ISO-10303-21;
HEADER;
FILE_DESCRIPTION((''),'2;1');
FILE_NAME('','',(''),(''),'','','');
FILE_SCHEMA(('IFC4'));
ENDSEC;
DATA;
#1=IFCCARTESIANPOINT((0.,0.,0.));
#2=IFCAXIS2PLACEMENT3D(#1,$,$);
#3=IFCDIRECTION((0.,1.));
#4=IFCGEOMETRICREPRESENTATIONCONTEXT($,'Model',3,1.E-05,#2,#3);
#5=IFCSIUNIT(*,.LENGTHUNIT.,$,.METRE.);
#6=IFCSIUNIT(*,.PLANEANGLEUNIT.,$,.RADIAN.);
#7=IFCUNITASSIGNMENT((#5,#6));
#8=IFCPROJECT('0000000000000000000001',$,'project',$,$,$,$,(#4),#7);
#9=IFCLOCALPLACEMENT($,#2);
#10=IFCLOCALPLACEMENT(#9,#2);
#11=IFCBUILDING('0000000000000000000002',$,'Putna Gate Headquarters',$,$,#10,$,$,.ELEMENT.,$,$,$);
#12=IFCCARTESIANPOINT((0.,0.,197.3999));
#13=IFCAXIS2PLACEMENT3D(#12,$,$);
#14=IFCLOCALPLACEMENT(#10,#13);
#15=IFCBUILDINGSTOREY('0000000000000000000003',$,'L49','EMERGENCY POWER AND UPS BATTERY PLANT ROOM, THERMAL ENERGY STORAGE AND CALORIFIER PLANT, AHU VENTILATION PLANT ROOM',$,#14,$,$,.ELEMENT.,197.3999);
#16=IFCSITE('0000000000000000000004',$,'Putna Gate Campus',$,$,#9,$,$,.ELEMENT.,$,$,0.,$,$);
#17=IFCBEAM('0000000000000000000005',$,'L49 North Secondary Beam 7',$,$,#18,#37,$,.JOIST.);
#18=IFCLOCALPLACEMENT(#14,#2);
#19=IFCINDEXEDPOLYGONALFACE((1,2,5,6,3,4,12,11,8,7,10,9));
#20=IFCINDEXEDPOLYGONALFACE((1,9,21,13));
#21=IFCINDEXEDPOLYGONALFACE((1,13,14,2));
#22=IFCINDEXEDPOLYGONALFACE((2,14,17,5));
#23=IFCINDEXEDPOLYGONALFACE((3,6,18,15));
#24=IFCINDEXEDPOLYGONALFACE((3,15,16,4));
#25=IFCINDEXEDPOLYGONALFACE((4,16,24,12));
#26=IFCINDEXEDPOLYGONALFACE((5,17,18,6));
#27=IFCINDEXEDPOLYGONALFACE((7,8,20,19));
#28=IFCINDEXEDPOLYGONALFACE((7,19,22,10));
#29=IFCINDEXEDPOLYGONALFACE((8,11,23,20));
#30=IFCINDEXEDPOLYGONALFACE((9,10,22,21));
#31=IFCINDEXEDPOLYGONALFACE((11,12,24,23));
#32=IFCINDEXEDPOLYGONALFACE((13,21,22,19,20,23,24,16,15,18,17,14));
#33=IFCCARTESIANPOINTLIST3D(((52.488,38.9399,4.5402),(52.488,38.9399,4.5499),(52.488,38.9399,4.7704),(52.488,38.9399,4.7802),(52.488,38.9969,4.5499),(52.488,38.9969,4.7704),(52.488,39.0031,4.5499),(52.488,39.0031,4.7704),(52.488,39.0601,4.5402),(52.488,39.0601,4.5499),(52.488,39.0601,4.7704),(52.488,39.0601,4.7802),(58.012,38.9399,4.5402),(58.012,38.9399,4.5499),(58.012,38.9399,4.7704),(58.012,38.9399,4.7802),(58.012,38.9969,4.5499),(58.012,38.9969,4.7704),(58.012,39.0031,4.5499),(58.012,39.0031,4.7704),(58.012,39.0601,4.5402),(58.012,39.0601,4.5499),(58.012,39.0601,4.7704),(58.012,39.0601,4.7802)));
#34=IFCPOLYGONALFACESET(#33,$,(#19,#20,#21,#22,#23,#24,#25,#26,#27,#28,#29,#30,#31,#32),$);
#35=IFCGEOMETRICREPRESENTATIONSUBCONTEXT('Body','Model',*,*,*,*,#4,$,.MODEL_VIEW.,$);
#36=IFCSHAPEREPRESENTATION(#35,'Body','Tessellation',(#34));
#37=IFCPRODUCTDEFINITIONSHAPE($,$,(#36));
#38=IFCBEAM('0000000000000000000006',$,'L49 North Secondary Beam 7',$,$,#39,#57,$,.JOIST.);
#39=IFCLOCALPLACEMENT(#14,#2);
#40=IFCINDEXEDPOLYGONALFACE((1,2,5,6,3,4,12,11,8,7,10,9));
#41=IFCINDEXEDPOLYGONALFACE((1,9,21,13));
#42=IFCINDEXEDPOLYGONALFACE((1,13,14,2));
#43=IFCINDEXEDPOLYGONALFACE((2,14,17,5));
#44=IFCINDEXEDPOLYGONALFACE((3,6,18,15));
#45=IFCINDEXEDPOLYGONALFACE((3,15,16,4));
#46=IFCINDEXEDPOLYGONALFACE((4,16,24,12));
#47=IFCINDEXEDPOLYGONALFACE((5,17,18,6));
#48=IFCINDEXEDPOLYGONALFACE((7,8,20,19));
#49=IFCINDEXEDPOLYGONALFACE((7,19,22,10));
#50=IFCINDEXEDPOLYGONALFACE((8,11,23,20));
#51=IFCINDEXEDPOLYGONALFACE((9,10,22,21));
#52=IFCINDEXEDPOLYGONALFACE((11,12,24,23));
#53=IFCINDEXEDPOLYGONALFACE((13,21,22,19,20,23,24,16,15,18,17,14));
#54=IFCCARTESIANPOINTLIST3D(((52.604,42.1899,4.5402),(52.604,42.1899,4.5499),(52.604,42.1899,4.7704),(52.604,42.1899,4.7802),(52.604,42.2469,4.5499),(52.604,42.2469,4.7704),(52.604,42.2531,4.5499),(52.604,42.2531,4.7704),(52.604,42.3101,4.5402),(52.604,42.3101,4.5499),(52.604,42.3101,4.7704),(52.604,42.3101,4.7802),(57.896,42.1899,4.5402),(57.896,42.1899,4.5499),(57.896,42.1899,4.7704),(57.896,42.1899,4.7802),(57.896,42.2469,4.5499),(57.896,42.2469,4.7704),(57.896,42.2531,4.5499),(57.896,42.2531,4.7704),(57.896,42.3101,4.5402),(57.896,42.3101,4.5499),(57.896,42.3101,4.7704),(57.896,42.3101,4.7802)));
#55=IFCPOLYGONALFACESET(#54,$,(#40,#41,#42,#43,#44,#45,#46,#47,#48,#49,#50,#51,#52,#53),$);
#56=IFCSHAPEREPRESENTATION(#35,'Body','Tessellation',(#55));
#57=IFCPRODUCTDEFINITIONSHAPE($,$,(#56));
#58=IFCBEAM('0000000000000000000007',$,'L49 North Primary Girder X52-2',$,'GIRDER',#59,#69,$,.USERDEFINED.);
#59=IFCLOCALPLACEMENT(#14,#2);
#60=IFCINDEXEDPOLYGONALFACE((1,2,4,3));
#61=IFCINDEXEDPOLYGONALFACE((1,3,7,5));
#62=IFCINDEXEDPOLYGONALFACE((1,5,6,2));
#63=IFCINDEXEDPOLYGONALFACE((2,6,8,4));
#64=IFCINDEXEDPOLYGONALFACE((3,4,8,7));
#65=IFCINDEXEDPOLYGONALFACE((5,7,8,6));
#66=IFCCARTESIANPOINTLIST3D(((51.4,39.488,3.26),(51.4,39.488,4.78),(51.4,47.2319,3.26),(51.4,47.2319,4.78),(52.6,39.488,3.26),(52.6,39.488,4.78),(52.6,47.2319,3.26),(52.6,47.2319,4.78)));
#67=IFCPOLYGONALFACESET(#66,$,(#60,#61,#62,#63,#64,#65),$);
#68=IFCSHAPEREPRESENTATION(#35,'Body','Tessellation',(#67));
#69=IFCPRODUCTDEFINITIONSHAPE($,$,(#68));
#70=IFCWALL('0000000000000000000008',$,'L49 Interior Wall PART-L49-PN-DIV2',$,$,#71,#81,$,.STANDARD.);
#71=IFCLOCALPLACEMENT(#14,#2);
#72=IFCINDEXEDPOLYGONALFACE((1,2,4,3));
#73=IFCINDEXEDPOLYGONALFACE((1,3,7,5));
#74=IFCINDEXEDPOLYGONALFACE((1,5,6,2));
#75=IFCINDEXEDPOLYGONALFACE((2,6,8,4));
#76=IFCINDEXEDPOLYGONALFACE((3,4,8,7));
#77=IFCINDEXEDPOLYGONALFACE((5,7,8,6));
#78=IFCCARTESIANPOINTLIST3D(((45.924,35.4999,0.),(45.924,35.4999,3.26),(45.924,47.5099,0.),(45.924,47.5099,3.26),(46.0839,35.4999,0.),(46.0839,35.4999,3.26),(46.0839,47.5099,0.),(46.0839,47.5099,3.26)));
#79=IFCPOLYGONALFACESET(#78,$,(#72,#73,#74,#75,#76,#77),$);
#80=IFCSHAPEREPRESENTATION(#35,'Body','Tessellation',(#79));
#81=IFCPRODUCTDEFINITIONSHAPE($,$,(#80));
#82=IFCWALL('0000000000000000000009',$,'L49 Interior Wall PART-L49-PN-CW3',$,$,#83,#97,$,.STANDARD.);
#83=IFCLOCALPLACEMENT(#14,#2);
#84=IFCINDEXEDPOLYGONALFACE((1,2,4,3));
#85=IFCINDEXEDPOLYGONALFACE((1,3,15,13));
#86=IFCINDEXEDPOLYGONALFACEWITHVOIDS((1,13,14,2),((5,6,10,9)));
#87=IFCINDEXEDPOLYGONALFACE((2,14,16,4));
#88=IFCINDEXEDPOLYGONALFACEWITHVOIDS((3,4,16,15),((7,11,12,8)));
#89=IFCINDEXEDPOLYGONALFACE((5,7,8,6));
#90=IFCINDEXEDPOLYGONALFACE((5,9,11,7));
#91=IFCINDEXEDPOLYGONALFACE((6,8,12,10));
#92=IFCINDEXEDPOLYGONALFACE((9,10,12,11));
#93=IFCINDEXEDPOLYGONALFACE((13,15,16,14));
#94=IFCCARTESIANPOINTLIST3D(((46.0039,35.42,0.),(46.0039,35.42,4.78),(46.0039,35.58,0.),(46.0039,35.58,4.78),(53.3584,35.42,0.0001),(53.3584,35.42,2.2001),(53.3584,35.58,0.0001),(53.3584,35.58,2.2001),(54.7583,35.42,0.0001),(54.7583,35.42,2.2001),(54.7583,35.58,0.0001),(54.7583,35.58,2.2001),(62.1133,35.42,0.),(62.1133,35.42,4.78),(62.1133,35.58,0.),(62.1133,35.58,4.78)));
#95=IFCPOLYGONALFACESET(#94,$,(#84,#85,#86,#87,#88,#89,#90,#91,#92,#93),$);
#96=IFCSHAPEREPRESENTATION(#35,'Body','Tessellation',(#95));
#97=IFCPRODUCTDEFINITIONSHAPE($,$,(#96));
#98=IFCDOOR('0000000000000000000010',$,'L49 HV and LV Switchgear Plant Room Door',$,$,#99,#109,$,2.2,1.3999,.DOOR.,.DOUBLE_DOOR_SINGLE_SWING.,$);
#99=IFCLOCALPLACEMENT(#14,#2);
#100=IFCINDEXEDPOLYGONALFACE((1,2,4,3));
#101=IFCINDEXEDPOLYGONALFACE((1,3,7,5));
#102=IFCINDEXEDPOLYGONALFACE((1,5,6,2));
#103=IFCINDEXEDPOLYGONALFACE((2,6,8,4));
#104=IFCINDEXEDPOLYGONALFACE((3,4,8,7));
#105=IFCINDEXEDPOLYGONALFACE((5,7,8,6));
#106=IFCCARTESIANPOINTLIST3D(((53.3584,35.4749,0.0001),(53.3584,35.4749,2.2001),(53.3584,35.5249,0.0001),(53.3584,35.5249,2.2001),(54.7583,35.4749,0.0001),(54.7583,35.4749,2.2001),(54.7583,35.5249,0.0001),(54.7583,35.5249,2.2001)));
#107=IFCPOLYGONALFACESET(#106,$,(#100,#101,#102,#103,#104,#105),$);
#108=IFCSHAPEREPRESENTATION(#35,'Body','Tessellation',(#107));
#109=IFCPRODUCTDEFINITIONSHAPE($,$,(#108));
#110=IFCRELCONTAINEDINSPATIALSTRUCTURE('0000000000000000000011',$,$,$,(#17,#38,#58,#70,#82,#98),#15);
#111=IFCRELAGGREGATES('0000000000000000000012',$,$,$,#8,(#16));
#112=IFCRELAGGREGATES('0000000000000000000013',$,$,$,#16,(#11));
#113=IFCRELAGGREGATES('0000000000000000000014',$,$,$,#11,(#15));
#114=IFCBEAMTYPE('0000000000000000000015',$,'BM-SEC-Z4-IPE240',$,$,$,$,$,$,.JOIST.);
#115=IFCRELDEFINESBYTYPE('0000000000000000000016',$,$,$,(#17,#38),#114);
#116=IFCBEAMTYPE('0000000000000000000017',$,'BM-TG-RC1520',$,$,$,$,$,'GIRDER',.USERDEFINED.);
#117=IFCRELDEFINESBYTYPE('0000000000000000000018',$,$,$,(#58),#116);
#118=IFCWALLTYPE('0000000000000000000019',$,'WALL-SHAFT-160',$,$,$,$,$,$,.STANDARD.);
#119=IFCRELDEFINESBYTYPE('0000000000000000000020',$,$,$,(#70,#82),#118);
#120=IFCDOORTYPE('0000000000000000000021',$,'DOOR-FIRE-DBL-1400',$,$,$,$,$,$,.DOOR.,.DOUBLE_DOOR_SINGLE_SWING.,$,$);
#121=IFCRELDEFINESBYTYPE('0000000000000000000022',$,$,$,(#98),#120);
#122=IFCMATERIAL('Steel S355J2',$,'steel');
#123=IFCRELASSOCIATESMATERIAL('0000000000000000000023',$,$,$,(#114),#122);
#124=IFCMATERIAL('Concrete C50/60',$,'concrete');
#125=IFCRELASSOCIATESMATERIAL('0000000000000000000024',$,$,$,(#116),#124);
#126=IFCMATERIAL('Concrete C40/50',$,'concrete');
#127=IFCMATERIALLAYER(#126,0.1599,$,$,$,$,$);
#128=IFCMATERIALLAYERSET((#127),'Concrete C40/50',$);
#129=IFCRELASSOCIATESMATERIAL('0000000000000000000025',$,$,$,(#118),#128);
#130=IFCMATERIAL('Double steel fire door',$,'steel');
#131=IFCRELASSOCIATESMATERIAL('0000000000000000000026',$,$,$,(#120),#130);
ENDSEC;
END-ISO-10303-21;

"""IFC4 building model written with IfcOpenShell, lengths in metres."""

from ifc_helpers import new_model, si_unit, direction, frame, frame_2d, origin, origin_2d, place, context, subcontext, project, spatial, rectangle, i_section, extrude, material, layer, layer_set, material_profile, profile_set, type_object, element, fill, save


model = new_model("IFC4")

# Units and contexts
model_context = context("Model", 3, precision=1e-05, world=origin(), true_north=direction((0.0, 1.0)))
body_context = subcontext(model_context, "Body", "Model", "MODEL_VIEW")
ifc_project = project(units=[si_unit("LENGTHUNIT", "METRE"), si_unit("PLANEANGLEUNIT", "RADIAN")], contexts=[model_context])

# Site, building, storey
site_placement = place(None, origin())
site = spatial("IfcSite", under=ifc_project, at=site_placement, Name="Putna Gate Campus", CompositionType="ELEMENT", RefElevation=0.0)
building_placement = place(site_placement, origin())
building = spatial("IfcBuilding", under=site, at=building_placement, Name="Putna Gate Headquarters", CompositionType="ELEMENT")
storey_placement = place(building_placement, frame((0.0, 0.0, 197.3999)))
storey = spatial("IfcBuildingStorey", under=building, at=storey_placement, Name="L49", Description="EMERGENCY POWER AND UPS BATTERY PLANT ROOM, THERMAL ENERGY STORAGE AND CALORIFIER PLANT, AHU VENTILATION PLANT ROOM", CompositionType="ELEMENT", Elevation=197.3999)

# Shared definitions
ifc_material_1 = material(Name="Concrete C50/60", Category="concrete")

# Beams
ifc_material_2 = material(Name="Steel S355J2", Category="steel")
ifc_material_profile_1 = material_profile(ifc_material_2, i_section(OverallWidth=0.1201, OverallDepth=0.24, WebThickness=0.0061, FlangeThickness=0.0098, at=origin_2d()), Name="Steel S355J2")
ifc_profile_set_1 = profile_set([ifc_material_profile_1], Name="Steel S355J2")
beam_type_1 = type_object("IfcBeamType", Name="BM-SEC-Z4-IPE240", PredefinedType="JOIST", material=ifc_profile_set_1)
beam_1_placement = place(storey_placement, frame((52.488, 39.0, 4.6602), z_axis=(1.0, 0.0, 0.0), x_axis=(0.0, 1.0, 0.0)))
element("IfcBeam", 1, at=beam_1_placement, inside=storey, type_object=beam_type_1, Name="L49 North Secondary Beam 7", PredefinedType="JOIST", context=body_context, shape_type="SweptSolid", body=[
    extrude(i_section(OverallWidth=0.1201, OverallDepth=0.24, WebThickness=0.0061, FlangeThickness=0.0098, at=origin_2d()), origin(), (0.0, 0.0, 1.0), 5.5239),
])
beam_2_placement = place(storey_placement, frame((52.604, 42.25, 4.6602), z_axis=(1.0, 0.0, 0.0), x_axis=(0.0, 1.0, 0.0)))
element("IfcBeam", 2, at=beam_2_placement, inside=storey, type_object=beam_type_1, Name="L49 North Secondary Beam 7", PredefinedType="JOIST", context=body_context, shape_type="SweptSolid", body=[
    extrude(i_section(OverallWidth=0.1201, OverallDepth=0.24, WebThickness=0.0061, FlangeThickness=0.0098, at=origin_2d()), origin(), (0.0, 0.0, 1.0), 5.292),
])
ifc_material_profile_2 = material_profile(ifc_material_1, rectangle(XDim=1.2, YDim=1.52, at=origin_2d()), Name="Concrete C50/60")
ifc_profile_set_2 = profile_set([ifc_material_profile_2], Name="Concrete C50/60")
beam_type_2 = type_object("IfcBeamType", Name="BM-TG-RC1520", ElementType="GIRDER", PredefinedType="USERDEFINED", material=ifc_profile_set_2)
beam_3_placement = place(storey_placement, frame((52.0, 39.488, 4.02), z_axis=(0.0, 1.0, 0.0), x_axis=(-1.0, 0.0, 0.0)))
element("IfcBeam", 3, at=beam_3_placement, inside=storey, type_object=beam_type_2, Name="L49 North Primary Girder X52-2", ObjectType="GIRDER", PredefinedType="USERDEFINED", context=body_context, shape_type="SweptSolid", body=[
    extrude(rectangle(XDim=1.2, YDim=1.52, at=origin_2d()), origin(), (0.0, 0.0, 1.0), 7.7439),
])

# Wall
ifc_material_3 = material(Name="Concrete C40/50", Category="concrete")
ifc_layer = layer(ifc_material_3, 0.1599)
ifc_layer_set = layer_set([ifc_layer], Name="Concrete C40/50")
wall_type = type_object("IfcWallType", Name="WALL-SHAFT-160", PredefinedType="STANDARD", material=ifc_layer_set)
wall_1_placement = place(storey_placement, frame((46.0039, 35.5, 0.0), z_axis=(0.0, 0.0, 1.0), x_axis=(0.0, 1.0, 0.0)))
element("IfcWall", 4, at=wall_1_placement, inside=storey, type_object=wall_type, Name="L49 Interior Wall PART-L49-PN-DIV2", PredefinedType="STANDARD", context=body_context, shape_type="SweptSolid", body=[
    extrude(rectangle(XDim=12.01, YDim=0.1599, at=frame_2d((6.0049, 0.0))), origin(), (0.0, 0.0, 1.0), 3.26),
])

# Wall, opening, door
wall_2_placement = place(storey_placement, frame((46.0039, 35.5, 0.0), z_axis=(0.0, 0.0, 1.0), x_axis=(1.0, 0.0, 0.0)))
wall_2 = element("IfcWall", 5, at=wall_2_placement, inside=storey, type_object=wall_type, Name="L49 Interior Wall PART-L49-PN-CW3", PredefinedType="STANDARD", context=body_context, shape_type="SweptSolid", body=[
    extrude(rectangle(XDim=16.1094, YDim=0.1599, at=frame_2d((8.0547, 0.0))), origin(), (0.0, 0.0, 1.0), 4.78),
])
opening_placement = place(wall_2_placement, frame((7.3545, 0.0, 0.0)))
opening = element("IfcOpeningElement", 6, at=opening_placement, cuts=wall_2, PredefinedType="OPENING", context=body_context, shape_type="SweptSolid", body=[
    extrude(rectangle(XDim=1.3999, YDim=2.2, at=frame_2d((0.7, 1.1001))), frame((0.0, 0.0898, 0.0), z_axis=(0.0, -1.0, 0.0), x_axis=(1.0, 0.0, 0.0)), (0.0, 0.0, 1.0), 0.1799),
])
ifc_material_4 = material(Name="Double steel fire door", Category="steel")
door_type = type_object("IfcDoorType", Name="DOOR-FIRE-DBL-1400", OperationType="DOUBLE_DOOR_SINGLE_SWING", PredefinedType="DOOR", material=ifc_material_4)
door_placement = place(opening_placement, origin())
door = element("IfcDoor", 7, at=door_placement, inside=storey, type_object=door_type, Name="L49 HV and LV Switchgear Plant Room Door", OperationType="DOUBLE_DOOR_SINGLE_SWING", OverallHeight=2.2, OverallWidth=1.3999, PredefinedType="DOOR", context=body_context, shape_type="SweptSolid", body=[
    extrude(rectangle(XDim=1.3999, YDim=2.2, at=frame_2d((0.7, 1.1001))), frame((0.0, 0.0249, 0.0), z_axis=(0.0, -1.0, 0.0), x_axis=(1.0, 0.0, 0.0)), (0.0, 0.0, 1.0), 0.05),
])
fill(opening, door)

save(model, "model.ifc")
